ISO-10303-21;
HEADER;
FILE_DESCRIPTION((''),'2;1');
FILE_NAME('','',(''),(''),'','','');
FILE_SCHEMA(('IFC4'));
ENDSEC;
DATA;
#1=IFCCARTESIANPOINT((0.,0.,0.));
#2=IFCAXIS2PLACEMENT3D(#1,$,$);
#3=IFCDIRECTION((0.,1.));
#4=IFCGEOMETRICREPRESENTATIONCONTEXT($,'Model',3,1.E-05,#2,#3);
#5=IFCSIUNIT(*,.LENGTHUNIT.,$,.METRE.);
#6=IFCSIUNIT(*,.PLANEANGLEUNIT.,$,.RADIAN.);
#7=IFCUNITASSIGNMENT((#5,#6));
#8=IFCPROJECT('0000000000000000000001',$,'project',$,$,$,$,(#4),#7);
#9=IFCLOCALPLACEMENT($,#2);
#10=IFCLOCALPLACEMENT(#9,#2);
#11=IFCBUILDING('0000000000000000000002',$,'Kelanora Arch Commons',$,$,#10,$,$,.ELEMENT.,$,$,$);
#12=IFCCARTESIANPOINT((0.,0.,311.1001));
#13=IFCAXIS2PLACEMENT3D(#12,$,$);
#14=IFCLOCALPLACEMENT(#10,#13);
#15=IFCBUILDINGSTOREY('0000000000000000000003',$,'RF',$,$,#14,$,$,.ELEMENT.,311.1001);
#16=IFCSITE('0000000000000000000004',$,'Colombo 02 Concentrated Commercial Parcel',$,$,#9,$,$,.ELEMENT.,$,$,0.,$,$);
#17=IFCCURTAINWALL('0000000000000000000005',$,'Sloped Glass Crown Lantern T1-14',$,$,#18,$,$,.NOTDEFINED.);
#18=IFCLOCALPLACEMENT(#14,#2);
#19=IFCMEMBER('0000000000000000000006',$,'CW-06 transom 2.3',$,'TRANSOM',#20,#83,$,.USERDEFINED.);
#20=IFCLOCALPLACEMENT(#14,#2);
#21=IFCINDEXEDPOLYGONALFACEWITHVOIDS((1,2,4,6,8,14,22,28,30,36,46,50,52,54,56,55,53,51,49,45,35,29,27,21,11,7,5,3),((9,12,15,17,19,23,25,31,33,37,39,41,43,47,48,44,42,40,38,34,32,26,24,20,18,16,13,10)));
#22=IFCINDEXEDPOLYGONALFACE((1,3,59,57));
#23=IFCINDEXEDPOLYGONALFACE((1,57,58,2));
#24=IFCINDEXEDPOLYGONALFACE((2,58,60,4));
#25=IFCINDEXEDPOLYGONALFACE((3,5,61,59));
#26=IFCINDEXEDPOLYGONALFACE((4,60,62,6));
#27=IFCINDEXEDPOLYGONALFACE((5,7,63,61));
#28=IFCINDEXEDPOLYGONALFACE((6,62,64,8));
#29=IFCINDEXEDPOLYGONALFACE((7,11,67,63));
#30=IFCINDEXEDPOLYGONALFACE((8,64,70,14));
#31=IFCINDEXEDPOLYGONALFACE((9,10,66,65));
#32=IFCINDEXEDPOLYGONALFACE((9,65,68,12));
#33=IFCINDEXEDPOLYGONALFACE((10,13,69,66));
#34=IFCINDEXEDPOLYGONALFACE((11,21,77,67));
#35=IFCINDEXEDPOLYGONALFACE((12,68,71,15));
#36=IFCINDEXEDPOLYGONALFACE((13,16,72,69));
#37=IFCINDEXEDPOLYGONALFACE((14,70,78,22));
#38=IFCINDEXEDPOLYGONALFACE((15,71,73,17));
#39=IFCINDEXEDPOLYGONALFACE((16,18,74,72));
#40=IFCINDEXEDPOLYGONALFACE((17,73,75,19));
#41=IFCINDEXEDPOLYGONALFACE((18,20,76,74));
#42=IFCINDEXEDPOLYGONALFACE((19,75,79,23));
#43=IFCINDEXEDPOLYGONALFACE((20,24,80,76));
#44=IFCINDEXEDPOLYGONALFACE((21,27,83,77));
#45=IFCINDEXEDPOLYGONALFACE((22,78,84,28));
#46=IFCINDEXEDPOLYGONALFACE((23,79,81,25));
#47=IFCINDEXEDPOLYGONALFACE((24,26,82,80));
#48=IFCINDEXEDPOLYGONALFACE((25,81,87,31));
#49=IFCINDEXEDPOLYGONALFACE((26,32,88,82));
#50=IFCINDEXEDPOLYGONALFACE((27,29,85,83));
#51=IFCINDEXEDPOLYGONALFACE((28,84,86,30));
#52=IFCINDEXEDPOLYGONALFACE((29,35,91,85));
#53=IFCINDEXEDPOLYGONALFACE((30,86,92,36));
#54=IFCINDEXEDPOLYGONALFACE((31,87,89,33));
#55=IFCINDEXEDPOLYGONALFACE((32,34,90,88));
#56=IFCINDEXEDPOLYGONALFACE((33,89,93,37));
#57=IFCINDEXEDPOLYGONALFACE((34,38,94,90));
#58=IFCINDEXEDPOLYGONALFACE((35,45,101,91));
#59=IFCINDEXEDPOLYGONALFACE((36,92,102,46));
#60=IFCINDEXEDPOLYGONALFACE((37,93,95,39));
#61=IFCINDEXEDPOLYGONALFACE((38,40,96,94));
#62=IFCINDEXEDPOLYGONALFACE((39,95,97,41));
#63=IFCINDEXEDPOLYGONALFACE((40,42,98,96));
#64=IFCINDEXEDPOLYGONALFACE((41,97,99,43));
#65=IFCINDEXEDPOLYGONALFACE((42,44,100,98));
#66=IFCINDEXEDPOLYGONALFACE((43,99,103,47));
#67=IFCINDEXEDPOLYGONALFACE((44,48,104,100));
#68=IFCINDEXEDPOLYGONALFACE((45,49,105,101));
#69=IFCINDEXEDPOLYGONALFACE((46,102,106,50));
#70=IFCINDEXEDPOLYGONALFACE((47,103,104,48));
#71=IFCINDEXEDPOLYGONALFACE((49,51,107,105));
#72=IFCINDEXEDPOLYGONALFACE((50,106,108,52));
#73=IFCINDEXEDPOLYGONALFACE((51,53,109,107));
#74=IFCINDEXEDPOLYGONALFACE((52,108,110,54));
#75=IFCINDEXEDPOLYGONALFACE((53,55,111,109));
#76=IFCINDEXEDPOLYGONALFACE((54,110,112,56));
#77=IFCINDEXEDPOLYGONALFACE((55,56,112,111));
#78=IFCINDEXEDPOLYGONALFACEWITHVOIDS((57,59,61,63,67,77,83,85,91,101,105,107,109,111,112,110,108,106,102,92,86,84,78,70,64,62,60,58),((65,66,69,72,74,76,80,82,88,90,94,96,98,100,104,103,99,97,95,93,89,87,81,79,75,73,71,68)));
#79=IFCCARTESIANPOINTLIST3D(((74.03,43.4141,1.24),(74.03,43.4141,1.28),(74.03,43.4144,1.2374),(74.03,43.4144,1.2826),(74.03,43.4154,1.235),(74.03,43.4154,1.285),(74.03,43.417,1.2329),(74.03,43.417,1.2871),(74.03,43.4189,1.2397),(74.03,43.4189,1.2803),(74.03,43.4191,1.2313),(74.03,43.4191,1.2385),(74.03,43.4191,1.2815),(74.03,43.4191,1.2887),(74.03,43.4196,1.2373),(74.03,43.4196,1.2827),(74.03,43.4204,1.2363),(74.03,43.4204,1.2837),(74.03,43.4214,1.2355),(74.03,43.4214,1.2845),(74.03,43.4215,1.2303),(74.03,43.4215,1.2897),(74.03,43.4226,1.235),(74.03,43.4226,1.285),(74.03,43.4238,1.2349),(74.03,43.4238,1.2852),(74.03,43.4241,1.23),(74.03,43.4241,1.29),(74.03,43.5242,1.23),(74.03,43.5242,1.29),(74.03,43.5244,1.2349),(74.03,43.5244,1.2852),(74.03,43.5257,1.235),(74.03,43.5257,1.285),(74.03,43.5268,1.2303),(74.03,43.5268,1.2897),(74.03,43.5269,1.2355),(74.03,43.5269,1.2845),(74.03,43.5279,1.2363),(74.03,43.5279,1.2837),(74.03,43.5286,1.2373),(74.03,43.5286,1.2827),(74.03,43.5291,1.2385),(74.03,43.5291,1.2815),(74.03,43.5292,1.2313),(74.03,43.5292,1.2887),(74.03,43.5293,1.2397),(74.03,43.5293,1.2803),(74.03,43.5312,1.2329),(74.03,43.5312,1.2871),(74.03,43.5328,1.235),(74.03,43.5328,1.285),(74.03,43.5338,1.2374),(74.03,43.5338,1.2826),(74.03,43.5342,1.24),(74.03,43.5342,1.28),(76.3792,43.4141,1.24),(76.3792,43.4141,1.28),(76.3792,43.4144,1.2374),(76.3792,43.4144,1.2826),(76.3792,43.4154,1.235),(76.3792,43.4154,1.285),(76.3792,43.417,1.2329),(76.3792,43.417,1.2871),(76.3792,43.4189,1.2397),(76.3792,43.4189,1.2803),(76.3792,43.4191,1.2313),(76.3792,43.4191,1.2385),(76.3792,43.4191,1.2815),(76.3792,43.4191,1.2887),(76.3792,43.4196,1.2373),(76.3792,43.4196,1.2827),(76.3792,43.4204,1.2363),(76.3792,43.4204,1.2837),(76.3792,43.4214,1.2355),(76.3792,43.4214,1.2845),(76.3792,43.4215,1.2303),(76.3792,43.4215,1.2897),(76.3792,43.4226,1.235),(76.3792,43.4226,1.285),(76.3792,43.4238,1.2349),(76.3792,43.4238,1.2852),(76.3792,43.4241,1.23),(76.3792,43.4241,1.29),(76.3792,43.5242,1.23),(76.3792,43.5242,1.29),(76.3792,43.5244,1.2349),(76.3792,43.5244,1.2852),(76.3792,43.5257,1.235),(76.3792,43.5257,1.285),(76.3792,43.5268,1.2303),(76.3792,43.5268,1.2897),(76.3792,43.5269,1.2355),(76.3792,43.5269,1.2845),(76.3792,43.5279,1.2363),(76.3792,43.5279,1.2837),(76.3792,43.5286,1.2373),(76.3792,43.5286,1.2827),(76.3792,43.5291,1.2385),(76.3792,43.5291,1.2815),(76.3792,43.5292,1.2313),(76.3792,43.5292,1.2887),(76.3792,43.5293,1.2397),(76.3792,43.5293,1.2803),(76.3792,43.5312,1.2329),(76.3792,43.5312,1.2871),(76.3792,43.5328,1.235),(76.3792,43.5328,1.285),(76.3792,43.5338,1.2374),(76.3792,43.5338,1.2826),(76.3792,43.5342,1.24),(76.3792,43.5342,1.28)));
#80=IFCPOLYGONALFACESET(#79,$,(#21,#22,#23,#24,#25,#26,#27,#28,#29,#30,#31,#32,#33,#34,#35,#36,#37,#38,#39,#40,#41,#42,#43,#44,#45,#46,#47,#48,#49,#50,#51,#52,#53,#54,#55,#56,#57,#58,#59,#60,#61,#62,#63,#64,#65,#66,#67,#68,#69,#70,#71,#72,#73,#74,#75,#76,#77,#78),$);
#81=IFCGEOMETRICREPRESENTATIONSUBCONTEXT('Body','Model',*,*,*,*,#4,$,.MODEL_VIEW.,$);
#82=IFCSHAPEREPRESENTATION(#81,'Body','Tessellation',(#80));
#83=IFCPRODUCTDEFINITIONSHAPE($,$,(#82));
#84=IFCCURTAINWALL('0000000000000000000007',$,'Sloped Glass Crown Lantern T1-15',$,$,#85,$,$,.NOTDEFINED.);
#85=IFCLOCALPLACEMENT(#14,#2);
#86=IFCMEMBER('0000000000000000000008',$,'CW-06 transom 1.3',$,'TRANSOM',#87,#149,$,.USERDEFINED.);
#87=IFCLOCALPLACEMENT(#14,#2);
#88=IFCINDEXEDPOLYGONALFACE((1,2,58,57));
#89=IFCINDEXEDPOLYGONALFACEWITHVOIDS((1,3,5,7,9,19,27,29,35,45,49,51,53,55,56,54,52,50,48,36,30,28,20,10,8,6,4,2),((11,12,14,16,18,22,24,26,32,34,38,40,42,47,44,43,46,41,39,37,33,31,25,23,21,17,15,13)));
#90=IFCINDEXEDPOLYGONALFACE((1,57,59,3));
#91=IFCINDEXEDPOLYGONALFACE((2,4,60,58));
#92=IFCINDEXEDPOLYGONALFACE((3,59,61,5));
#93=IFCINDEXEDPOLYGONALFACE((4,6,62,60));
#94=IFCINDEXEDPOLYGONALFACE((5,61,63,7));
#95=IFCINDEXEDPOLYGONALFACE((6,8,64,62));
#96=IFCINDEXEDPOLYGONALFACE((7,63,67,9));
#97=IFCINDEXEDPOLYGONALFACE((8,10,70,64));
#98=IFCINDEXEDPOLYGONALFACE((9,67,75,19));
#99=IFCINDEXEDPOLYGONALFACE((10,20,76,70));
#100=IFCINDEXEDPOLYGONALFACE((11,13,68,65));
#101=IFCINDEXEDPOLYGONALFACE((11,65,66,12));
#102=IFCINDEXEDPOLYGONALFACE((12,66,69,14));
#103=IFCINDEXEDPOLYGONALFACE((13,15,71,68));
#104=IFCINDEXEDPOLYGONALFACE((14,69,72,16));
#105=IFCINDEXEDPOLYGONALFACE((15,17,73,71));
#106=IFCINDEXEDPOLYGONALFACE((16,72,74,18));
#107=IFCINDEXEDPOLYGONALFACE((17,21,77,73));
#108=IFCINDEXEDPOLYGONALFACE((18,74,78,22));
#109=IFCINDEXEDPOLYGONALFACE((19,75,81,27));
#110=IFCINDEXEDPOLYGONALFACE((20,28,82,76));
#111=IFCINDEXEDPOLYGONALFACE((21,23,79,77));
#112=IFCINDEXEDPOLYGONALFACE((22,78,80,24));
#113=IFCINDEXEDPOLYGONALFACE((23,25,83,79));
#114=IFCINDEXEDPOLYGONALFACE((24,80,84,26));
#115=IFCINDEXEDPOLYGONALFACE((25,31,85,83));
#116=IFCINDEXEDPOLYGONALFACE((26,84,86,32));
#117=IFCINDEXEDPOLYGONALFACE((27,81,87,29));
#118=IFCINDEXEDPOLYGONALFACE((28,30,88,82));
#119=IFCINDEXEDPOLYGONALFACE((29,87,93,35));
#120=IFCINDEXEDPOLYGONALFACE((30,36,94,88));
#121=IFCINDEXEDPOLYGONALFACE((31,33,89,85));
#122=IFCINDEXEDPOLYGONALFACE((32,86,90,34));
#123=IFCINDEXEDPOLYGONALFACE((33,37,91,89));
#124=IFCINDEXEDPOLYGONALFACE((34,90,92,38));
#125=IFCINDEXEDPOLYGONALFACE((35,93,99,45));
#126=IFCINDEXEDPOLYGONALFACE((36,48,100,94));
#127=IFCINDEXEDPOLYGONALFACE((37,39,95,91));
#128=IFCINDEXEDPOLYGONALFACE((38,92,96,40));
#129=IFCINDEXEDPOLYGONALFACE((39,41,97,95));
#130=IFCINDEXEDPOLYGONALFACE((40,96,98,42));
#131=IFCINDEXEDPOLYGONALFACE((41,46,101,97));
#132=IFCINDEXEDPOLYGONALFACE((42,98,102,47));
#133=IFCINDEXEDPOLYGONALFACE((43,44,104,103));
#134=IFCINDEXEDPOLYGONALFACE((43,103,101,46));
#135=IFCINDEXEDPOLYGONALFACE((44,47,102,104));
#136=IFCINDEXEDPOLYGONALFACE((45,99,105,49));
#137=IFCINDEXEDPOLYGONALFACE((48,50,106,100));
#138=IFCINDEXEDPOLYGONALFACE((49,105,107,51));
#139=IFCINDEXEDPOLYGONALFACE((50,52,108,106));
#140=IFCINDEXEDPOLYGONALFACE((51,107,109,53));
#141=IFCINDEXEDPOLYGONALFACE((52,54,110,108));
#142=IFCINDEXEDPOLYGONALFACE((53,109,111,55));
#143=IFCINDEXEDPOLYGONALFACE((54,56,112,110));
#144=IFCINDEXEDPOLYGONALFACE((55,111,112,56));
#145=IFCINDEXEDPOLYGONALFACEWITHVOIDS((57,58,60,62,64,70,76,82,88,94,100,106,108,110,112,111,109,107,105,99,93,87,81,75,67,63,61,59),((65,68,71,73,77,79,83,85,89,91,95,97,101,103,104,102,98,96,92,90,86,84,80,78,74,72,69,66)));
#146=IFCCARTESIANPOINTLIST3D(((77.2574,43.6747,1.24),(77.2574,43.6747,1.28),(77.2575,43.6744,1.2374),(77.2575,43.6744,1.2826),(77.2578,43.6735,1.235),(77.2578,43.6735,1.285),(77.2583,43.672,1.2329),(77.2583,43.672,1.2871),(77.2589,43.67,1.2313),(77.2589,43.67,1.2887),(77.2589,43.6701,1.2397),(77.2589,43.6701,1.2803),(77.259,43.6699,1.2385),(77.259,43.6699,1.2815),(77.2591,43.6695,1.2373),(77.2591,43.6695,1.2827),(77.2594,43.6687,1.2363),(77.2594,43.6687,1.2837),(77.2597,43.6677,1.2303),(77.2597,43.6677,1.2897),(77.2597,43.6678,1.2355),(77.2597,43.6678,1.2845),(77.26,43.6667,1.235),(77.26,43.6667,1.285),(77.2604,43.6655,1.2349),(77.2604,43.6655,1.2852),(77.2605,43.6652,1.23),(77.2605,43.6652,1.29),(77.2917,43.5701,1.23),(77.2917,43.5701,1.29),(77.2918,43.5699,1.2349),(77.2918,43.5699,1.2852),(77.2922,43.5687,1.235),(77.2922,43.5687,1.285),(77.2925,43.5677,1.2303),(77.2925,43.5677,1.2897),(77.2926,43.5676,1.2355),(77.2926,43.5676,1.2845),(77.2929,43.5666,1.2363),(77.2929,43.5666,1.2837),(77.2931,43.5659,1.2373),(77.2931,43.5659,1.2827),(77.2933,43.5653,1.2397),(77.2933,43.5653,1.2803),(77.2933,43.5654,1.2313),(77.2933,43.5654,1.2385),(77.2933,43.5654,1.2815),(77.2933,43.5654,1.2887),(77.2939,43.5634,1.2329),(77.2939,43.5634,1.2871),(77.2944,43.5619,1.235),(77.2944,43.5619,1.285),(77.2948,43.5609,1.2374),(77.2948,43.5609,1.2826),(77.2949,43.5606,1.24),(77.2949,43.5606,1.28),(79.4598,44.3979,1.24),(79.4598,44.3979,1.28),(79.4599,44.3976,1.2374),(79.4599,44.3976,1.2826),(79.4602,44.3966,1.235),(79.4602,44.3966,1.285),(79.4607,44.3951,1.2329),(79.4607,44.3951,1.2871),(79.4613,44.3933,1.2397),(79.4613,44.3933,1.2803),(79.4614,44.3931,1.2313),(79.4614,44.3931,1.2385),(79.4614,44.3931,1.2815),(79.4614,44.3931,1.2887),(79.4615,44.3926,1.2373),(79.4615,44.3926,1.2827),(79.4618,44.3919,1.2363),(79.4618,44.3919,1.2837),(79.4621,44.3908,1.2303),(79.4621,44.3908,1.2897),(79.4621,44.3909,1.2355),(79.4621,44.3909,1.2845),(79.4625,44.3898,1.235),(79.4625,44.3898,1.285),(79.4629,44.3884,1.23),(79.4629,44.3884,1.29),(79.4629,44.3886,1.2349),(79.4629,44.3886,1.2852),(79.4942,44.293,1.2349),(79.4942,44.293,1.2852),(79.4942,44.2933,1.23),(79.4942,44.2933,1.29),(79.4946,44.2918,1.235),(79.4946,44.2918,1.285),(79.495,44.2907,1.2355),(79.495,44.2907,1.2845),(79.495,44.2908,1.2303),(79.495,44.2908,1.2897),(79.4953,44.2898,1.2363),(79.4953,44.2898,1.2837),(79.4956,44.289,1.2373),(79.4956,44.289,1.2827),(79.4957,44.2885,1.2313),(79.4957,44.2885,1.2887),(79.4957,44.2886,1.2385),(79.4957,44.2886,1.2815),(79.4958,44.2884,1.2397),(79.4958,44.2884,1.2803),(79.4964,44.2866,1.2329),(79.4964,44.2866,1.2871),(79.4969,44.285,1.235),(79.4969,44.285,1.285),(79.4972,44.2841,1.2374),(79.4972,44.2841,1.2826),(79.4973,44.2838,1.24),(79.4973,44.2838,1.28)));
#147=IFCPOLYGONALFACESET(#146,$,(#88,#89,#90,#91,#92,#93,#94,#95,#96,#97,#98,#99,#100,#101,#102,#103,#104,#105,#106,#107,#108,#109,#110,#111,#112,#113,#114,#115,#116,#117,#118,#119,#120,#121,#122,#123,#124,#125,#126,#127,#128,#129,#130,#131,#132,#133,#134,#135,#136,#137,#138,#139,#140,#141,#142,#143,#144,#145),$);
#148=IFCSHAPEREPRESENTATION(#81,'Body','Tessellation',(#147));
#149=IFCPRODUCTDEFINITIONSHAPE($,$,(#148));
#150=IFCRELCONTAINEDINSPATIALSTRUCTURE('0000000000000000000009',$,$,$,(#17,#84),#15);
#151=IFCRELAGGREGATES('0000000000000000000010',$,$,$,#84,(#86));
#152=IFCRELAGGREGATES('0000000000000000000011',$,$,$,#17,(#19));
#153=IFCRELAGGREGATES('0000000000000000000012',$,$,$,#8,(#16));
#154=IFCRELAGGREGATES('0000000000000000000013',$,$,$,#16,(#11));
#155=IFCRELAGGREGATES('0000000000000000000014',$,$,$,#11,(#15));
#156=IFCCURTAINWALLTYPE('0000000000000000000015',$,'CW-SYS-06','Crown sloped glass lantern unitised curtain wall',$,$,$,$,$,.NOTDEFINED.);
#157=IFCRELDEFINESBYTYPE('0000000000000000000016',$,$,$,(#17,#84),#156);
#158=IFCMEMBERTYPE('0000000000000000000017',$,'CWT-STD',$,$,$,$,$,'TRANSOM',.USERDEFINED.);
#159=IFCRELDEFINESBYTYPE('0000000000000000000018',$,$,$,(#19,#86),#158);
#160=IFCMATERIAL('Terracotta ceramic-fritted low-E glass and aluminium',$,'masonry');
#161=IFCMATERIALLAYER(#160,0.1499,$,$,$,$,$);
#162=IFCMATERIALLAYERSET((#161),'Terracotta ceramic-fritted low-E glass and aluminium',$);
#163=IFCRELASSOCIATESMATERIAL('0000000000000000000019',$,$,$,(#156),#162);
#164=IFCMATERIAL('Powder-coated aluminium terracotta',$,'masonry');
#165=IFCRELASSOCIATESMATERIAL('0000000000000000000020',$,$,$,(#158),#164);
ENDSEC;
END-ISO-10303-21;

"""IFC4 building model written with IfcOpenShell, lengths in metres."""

from ifc_helpers import new_model, si_unit, direction, frame, origin, origin_2d, place, context, subcontext, project, spatial, hollow_rectangle, extrude, material, layer, layer_set, material_profile, profile_set, type_object, element, aggregate, save


model = new_model("IFC4")

# Units and contexts
model_context = context("Model", 3, precision=1e-05, world=origin(), true_north=direction((0.0, 1.0)))
body_context = subcontext(model_context, "Body", "Model", "MODEL_VIEW")
ifc_project = project(units=[si_unit("LENGTHUNIT", "METRE"), si_unit("PLANEANGLEUNIT", "RADIAN")], contexts=[model_context])

# Site, building, storey
site_placement = place(None, origin())
site = spatial("IfcSite", under=ifc_project, at=site_placement, Name="Colombo 02 Concentrated Commercial Parcel", CompositionType="ELEMENT", RefElevation=0.0)
building_placement = place(site_placement, origin())
building = spatial("IfcBuilding", under=site, at=building_placement, Name="Kelanora Arch Commons", CompositionType="ELEMENT")
storey_placement = place(building_placement, frame((0.0, 0.0, 311.1001)))
storey = spatial("IfcBuildingStorey", under=building, at=storey_placement, Name="RF", CompositionType="ELEMENT", Elevation=311.1001)

# Shared definitions
ifc_material_1 = material(Name="Terracotta ceramic-fritted low-E glass and aluminium", Category="masonry")
ifc_layer_1 = layer(ifc_material_1, 0.1499)
ifc_layer_set_1 = layer_set([ifc_layer_1], Name="Terracotta ceramic-fritted low-E glass and aluminium")
curtain_wall_type = type_object("IfcCurtainWallType", Name="CW-SYS-06", Description="Crown sloped glass lantern unitised curtain wall", PredefinedType="NOTDEFINED", material=ifc_layer_set_1)
ifc_material_2 = material(Name="Powder-coated aluminium terracotta", Category="masonry")

# Curtain wall, member
curtain_wall_1_placement = place(storey_placement, origin())
curtain_wall_1 = element("IfcCurtainWall", 1, at=curtain_wall_1_placement, inside=storey, type_object=curtain_wall_type, Name="Sloped Glass Crown Lantern T1-14", PredefinedType="NOTDEFINED")
ifc_material_profile_1 = material_profile(ifc_material_2, hollow_rectangle(XDim=0.1201, YDim=0.0601, WallThickness=0.0049, InnerFilletRadius=0.0049, OuterFilletRadius=0.01, at=origin_2d()), Name="CWT120x60")
ifc_profile_set_1 = profile_set([ifc_material_profile_1], Name="Powder-coated aluminium terracotta")
member_type_1 = type_object("IfcMemberType", Name="CWT-STD", ElementType="TRANSOM", PredefinedType="USERDEFINED", material=ifc_profile_set_1)
member_1_placement = place(storey_placement, frame((74.03, 43.4741, 1.26), z_axis=(1.0, 0.0, 0.0), x_axis=(0.0, 1.0, 0.0)))
member_1 = element("IfcMember", 2, at=member_1_placement, type_object=member_type_1, Name="CW-06 transom 2.3", ObjectType="TRANSOM", PredefinedType="USERDEFINED", context=body_context, shape_type="SweptSolid", body=[
    extrude(hollow_rectangle(XDim=0.1201, YDim=0.0601, WallThickness=0.0049, InnerFilletRadius=0.0049, OuterFilletRadius=0.01, at=origin_2d()), origin(), (0.0, 0.0, 1.0), 2.3491),
])

# Curtain wall, member
curtain_wall_2_placement = place(storey_placement, origin())
curtain_wall_2 = element("IfcCurtainWall", 3, at=curtain_wall_2_placement, inside=storey, type_object=curtain_wall_type, Name="Sloped Glass Crown Lantern T1-15", PredefinedType="NOTDEFINED")
member_2_placement = place(storey_placement, frame((77.2761, 43.6177, 1.26), z_axis=(0.950096, 0.311959, 0.0), x_axis=(-0.311959, 0.950096, 0.0)))
member_2 = element("IfcMember", 4, at=member_2_placement, type_object=member_type_1, Name="CW-06 transom 1.3", ObjectType="TRANSOM", PredefinedType="USERDEFINED", context=body_context, shape_type="SweptSolid", body=[
    extrude(hollow_rectangle(XDim=0.1201, YDim=0.0601, WallThickness=0.0049, InnerFilletRadius=0.0049, OuterFilletRadius=0.01, at=origin_2d()), origin(), (0.0, 0.0, 1.0), 2.3181),
])

aggregate(curtain_wall_2, [member_2])
aggregate(curtain_wall_1, [member_1])

save(model, "model.ifc")
